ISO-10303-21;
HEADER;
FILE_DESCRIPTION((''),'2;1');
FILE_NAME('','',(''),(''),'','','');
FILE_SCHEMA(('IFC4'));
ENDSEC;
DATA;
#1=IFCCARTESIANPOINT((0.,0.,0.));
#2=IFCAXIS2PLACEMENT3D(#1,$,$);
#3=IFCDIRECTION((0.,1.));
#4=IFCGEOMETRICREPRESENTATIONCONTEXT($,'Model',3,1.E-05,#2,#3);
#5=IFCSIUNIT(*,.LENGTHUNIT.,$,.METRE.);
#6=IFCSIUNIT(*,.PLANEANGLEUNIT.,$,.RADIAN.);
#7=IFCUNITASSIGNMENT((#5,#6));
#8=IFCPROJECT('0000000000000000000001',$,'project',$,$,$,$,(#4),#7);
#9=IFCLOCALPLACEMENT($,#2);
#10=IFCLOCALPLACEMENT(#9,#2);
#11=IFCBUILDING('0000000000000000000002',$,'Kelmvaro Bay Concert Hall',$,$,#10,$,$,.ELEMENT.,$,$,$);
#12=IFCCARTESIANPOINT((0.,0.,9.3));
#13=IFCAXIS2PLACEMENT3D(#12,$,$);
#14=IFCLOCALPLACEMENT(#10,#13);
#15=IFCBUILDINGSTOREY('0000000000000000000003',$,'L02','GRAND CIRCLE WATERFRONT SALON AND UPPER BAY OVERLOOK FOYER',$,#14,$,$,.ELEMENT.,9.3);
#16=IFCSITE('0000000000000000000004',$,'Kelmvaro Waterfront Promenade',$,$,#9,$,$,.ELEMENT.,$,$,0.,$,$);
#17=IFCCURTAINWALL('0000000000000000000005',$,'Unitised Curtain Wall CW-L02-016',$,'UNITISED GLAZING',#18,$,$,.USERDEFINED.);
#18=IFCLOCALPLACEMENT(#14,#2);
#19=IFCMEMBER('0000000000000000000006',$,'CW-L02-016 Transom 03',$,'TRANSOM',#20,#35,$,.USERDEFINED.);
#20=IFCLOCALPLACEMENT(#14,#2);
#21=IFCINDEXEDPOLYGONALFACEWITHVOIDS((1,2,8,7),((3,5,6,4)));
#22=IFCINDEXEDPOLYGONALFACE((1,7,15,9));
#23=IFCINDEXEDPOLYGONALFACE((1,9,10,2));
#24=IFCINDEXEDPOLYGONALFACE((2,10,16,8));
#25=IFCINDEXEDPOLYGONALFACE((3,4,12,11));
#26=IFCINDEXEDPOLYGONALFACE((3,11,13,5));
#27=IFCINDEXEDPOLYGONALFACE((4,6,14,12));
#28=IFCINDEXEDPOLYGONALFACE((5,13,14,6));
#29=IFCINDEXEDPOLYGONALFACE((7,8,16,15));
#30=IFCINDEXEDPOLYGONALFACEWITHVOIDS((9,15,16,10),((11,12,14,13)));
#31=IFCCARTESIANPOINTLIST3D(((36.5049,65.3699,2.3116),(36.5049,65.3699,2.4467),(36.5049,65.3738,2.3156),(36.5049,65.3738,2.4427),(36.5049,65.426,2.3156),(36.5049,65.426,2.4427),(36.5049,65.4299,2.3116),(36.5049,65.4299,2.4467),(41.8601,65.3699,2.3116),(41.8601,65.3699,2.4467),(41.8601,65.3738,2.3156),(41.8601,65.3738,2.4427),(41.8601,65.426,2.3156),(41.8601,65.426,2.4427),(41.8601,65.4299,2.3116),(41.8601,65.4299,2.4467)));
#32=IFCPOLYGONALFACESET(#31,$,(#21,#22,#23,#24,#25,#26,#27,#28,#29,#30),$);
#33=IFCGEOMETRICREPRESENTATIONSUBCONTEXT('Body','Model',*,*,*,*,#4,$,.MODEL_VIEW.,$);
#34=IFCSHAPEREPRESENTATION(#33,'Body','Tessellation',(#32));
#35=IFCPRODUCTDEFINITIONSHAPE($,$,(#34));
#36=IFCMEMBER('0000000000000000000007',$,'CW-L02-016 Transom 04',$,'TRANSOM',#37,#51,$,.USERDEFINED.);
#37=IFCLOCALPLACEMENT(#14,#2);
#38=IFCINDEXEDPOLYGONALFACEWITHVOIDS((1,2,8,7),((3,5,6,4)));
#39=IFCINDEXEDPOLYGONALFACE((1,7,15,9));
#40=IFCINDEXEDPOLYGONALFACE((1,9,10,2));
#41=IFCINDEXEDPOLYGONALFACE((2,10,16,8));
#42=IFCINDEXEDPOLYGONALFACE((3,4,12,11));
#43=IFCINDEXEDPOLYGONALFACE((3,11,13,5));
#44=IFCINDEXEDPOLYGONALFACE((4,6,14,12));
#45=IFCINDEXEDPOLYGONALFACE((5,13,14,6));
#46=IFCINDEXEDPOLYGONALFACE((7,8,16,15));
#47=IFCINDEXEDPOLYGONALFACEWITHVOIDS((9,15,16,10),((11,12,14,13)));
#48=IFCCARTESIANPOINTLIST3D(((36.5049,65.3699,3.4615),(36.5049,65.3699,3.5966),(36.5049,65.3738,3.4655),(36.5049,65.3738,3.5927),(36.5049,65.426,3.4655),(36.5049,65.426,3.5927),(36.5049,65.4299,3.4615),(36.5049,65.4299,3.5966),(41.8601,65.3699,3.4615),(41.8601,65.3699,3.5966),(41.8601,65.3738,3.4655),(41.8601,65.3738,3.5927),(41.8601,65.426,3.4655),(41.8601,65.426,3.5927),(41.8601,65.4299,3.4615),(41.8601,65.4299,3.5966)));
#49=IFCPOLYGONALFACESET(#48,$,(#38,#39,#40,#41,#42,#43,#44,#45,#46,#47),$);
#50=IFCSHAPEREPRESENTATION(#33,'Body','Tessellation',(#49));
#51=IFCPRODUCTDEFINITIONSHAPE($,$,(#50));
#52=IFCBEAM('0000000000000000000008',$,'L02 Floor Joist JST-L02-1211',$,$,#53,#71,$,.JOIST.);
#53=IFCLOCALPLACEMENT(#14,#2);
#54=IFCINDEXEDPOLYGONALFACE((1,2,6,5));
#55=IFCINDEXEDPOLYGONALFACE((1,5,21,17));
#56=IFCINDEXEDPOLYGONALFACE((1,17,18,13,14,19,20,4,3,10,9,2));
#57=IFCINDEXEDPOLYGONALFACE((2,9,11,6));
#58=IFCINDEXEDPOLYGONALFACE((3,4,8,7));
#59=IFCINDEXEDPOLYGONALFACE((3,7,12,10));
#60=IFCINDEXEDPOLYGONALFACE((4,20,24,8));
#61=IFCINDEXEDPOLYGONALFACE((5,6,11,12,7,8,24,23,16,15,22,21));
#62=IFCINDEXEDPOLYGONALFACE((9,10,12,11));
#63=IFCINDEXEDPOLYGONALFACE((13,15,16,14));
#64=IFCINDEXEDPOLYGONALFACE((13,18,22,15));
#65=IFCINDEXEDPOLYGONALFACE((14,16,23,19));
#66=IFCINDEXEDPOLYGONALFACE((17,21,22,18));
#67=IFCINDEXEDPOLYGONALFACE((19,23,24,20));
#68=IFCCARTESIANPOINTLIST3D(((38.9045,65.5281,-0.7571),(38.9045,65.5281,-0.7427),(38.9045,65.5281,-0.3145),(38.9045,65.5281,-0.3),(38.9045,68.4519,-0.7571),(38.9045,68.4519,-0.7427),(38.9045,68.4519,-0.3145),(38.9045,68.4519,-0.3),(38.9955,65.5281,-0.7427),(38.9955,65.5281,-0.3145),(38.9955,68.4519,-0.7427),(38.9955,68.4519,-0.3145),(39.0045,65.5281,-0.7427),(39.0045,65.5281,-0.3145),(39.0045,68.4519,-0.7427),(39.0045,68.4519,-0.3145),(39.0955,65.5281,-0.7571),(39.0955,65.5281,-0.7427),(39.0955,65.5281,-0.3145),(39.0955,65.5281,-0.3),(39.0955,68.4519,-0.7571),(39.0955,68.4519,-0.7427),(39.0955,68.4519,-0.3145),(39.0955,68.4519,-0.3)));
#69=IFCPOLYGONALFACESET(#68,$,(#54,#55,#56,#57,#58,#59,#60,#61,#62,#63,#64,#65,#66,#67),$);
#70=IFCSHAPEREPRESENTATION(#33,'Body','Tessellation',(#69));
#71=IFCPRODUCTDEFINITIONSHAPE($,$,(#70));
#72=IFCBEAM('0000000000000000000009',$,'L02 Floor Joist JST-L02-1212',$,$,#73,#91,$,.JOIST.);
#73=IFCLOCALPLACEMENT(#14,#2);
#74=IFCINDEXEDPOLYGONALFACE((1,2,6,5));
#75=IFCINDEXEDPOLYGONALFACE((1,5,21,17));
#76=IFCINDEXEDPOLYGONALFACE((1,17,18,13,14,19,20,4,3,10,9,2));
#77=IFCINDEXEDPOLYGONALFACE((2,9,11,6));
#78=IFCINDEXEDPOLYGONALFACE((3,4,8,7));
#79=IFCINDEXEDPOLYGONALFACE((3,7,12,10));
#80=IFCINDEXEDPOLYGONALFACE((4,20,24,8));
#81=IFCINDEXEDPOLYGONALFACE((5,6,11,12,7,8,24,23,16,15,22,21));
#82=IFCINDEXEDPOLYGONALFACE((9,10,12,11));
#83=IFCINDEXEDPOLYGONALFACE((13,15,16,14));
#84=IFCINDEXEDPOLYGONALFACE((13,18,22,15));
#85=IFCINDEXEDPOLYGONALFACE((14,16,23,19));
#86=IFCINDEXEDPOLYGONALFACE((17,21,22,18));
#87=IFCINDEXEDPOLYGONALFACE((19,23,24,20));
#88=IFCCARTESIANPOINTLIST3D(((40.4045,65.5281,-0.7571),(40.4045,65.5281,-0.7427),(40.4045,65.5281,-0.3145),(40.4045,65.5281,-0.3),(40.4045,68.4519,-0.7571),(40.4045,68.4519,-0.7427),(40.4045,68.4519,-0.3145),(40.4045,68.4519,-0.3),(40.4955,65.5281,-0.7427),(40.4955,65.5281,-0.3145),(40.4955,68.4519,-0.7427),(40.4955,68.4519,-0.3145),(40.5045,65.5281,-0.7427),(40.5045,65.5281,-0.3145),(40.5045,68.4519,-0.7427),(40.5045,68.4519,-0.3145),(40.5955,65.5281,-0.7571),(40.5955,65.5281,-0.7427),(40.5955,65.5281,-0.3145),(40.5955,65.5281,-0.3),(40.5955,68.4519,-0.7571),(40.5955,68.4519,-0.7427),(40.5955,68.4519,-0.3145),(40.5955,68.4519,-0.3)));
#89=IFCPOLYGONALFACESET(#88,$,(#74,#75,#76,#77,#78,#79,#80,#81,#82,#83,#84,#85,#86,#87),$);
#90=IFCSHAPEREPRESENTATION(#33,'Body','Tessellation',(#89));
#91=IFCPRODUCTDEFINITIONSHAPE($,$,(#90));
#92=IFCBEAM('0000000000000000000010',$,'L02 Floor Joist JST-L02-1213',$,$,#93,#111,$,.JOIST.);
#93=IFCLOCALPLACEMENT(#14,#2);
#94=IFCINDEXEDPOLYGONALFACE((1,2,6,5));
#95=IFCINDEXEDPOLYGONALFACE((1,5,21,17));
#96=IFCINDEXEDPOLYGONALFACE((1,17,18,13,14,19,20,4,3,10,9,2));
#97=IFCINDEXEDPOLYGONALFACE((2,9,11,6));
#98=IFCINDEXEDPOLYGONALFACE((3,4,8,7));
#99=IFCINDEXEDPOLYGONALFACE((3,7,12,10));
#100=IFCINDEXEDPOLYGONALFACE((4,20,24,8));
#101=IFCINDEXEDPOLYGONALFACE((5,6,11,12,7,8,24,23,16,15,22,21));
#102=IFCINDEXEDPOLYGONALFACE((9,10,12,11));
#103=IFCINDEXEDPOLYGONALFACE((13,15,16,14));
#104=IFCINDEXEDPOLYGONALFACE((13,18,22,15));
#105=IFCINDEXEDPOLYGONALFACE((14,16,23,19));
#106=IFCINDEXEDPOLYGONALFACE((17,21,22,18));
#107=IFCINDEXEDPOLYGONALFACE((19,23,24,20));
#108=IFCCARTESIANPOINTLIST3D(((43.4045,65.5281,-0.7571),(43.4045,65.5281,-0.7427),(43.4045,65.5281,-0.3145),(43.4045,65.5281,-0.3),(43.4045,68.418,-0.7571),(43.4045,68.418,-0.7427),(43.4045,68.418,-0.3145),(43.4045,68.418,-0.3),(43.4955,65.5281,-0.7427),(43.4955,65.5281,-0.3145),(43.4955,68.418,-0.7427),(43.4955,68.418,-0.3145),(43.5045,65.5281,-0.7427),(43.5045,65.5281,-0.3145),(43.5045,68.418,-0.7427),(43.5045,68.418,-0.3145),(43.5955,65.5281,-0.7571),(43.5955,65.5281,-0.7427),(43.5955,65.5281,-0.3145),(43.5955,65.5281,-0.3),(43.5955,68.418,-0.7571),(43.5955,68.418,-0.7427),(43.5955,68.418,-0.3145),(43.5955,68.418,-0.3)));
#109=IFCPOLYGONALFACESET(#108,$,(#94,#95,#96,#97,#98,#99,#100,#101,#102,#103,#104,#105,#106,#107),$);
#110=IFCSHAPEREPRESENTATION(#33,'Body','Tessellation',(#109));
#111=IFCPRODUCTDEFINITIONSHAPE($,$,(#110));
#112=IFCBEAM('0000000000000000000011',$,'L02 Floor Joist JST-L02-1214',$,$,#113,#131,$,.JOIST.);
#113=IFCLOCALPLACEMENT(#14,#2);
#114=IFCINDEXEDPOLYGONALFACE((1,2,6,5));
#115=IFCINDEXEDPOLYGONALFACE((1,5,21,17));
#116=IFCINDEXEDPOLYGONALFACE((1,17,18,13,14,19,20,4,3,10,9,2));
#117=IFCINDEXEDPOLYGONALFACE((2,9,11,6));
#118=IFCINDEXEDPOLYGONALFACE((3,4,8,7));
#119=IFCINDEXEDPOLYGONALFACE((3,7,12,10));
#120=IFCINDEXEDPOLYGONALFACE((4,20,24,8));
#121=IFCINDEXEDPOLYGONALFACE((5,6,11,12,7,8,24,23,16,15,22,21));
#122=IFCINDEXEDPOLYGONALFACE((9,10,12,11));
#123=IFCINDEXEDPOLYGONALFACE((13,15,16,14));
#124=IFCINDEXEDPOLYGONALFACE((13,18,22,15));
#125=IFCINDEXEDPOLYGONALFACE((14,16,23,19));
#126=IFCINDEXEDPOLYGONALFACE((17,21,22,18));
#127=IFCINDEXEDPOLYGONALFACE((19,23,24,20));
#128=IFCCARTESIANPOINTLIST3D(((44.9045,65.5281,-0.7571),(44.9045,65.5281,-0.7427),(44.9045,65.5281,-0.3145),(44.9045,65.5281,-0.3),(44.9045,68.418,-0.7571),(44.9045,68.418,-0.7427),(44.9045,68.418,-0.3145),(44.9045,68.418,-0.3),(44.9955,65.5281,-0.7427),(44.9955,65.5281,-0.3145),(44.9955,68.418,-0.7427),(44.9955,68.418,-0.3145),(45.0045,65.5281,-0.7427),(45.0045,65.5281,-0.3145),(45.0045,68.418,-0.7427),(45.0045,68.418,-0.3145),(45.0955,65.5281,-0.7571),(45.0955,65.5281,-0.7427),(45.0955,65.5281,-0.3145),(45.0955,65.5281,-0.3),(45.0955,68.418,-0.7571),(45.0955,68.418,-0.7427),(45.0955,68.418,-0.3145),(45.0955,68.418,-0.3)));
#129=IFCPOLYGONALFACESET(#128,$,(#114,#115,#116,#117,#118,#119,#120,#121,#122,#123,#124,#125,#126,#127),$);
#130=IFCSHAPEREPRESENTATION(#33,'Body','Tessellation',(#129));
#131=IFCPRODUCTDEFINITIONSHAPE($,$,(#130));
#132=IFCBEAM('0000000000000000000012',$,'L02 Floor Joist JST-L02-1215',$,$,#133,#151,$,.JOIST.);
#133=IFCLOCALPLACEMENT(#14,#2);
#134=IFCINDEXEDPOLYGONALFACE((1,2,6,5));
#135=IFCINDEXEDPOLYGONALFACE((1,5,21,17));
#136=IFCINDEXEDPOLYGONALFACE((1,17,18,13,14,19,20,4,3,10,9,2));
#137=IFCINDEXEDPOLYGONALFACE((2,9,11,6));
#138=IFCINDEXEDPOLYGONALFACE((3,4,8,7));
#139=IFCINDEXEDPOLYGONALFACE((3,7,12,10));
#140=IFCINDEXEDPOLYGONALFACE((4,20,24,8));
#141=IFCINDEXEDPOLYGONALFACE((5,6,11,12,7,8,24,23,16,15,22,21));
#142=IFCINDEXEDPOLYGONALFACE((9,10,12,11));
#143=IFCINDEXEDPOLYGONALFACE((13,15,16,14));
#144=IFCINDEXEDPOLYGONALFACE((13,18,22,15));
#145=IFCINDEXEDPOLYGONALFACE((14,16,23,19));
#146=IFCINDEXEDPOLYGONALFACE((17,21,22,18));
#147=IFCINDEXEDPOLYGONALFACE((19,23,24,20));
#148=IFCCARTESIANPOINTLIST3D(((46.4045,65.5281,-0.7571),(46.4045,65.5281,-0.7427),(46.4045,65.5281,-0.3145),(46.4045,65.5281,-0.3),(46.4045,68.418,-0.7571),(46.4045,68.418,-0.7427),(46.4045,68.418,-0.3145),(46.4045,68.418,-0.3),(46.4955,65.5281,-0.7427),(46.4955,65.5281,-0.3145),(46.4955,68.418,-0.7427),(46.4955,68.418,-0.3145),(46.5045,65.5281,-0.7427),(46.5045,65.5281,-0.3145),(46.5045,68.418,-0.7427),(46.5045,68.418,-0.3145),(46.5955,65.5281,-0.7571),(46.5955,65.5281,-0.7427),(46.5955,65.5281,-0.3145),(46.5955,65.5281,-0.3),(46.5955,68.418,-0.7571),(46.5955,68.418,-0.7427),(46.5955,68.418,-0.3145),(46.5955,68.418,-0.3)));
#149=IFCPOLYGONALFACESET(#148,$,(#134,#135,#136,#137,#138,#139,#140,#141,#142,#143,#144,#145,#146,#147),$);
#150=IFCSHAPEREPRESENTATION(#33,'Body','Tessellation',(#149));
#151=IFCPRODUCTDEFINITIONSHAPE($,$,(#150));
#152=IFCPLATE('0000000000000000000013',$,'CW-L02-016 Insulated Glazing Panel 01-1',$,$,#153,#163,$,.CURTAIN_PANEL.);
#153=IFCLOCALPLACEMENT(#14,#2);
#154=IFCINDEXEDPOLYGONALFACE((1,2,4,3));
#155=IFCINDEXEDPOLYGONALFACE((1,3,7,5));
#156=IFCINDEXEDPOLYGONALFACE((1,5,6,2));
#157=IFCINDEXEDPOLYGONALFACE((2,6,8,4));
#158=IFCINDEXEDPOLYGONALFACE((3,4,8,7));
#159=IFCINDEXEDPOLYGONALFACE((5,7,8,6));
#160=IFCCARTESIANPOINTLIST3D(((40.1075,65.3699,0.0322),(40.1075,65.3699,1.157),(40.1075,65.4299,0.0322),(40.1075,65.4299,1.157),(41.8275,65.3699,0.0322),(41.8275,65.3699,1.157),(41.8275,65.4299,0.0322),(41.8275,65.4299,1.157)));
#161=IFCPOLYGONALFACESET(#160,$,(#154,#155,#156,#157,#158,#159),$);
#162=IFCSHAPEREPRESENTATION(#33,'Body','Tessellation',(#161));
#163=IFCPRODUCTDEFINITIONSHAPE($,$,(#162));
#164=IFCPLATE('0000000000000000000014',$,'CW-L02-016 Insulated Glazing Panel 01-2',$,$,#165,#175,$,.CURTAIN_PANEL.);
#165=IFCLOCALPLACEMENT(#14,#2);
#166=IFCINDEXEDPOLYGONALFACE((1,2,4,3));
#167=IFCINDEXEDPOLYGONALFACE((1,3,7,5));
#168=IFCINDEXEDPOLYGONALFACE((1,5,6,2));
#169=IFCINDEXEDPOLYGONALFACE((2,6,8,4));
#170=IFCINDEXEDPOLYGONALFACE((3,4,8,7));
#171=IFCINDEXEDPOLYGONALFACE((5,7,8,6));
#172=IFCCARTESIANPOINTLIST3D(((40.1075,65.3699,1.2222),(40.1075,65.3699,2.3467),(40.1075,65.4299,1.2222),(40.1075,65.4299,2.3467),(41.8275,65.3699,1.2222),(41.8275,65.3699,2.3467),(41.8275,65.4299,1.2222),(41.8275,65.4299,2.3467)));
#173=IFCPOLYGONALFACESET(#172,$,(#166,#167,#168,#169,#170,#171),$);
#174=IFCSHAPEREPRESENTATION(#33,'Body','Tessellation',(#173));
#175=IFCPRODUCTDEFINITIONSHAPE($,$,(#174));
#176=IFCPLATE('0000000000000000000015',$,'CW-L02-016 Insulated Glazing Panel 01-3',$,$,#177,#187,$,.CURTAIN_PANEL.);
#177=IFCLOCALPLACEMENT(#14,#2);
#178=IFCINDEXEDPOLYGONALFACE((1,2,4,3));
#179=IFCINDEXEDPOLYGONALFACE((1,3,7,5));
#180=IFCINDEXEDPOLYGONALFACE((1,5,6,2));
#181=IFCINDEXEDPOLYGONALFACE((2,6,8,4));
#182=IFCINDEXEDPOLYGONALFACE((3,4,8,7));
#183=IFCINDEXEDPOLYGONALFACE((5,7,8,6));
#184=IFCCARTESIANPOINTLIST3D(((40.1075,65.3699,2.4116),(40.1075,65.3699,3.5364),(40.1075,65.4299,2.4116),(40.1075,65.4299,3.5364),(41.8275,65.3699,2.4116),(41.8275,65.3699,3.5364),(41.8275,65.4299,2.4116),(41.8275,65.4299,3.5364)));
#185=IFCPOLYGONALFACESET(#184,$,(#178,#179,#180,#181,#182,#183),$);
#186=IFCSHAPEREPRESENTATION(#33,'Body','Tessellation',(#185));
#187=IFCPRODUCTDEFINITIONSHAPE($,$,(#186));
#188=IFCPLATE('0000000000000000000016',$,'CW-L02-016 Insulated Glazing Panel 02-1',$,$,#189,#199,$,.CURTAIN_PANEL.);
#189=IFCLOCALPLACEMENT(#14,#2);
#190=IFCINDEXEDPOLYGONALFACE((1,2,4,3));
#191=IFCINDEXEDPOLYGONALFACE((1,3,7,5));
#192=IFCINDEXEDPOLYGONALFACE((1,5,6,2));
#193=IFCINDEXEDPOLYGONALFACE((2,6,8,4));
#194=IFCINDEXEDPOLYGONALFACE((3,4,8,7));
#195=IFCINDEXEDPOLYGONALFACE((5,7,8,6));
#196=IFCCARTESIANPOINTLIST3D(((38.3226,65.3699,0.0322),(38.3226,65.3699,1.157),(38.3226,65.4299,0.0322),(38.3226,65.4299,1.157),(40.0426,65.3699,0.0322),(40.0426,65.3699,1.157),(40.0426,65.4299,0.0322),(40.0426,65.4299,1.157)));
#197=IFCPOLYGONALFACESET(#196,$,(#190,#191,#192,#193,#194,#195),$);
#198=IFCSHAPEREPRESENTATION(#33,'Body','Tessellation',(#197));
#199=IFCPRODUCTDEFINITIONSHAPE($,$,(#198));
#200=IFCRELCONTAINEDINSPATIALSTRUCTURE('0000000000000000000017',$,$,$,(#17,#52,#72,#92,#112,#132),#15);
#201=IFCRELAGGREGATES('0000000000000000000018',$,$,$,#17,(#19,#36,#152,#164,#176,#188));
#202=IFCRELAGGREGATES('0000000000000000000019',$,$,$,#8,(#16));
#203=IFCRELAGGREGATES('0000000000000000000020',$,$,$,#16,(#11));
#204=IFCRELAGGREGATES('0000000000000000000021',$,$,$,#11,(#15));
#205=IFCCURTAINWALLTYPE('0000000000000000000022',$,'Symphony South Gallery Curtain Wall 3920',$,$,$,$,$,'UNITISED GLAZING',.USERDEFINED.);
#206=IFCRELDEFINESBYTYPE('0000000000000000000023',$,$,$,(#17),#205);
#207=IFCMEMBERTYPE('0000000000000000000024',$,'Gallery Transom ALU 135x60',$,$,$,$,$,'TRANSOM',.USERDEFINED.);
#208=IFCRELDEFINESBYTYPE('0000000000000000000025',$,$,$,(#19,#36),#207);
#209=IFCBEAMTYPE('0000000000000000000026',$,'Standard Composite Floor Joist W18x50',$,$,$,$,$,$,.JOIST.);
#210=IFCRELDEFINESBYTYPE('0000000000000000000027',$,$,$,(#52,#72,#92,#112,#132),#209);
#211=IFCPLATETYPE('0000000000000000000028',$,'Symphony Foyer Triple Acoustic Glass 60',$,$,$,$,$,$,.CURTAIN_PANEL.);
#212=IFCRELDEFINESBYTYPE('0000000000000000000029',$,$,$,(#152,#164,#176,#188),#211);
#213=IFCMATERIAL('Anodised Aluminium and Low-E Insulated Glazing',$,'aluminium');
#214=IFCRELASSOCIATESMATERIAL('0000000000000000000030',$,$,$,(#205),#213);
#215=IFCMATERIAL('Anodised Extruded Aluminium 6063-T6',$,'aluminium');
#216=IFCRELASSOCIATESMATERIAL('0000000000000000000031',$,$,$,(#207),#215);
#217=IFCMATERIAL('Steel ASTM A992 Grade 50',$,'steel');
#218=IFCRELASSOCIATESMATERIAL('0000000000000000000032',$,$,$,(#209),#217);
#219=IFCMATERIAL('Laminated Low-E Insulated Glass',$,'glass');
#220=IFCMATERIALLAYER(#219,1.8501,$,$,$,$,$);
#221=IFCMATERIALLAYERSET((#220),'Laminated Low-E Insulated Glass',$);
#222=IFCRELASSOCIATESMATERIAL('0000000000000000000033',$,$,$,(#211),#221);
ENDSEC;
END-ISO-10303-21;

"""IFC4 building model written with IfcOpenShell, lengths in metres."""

from ifc_helpers import new_model, si_unit, direction, frame, origin, origin_2d, place, context, subcontext, project, spatial, rectangle, hollow_rectangle, i_section, extrude, material, layer, layer_set, material_profile, profile_set, type_object, element, aggregate, save


model = new_model("IFC4")

# Units and contexts
model_context = context("Model", 3, precision=1e-05, world=origin(), true_north=direction((0.0, 1.0)))
body_context = subcontext(model_context, "Body", "Model", "MODEL_VIEW")
ifc_project = project(units=[si_unit("LENGTHUNIT", "METRE"), si_unit("PLANEANGLEUNIT", "RADIAN")], contexts=[model_context])

# Site, building, storey
site_placement = place(None, origin())
site = spatial("IfcSite", under=ifc_project, at=site_placement, Name="Kelmvaro Waterfront Promenade", CompositionType="ELEMENT", RefElevation=0.0)
building_placement = place(site_placement, origin())
building = spatial("IfcBuilding", under=site, at=building_placement, Name="Kelmvaro Bay Concert Hall", CompositionType="ELEMENT")
storey_placement = place(building_placement, frame((0.0, 0.0, 9.3)))
storey = spatial("IfcBuildingStorey", under=building, at=storey_placement, Name="L02", Description="GRAND CIRCLE WATERFRONT SALON AND UPPER BAY OVERLOOK FOYER", CompositionType="ELEMENT", Elevation=9.3)

# Curtain wall
ifc_material_1 = material(Name="Anodised Aluminium and Low-E Insulated Glazing", Category="aluminium")
curtain_wall_type = type_object("IfcCurtainWallType", Name="Symphony South Gallery Curtain Wall 3920", ElementType="UNITISED GLAZING", PredefinedType="USERDEFINED", material=ifc_material_1)
curtain_wall_1_placement = place(storey_placement, origin())
curtain_wall_1 = element("IfcCurtainWall", 1, at=curtain_wall_1_placement, inside=storey, type_object=curtain_wall_type, Name="Unitised Curtain Wall CW-L02-016", ObjectType="UNITISED GLAZING", PredefinedType="USERDEFINED")

# Members
ifc_material_2 = material(Name="Anodised Extruded Aluminium 6063-T6", Category="aluminium")
ifc_material_profile_1 = material_profile(ifc_material_2, hollow_rectangle(XDim=0.0601, YDim=0.135, WallThickness=0.0039, at=origin_2d()), Name="ALU-TRN-135X60")
ifc_profile_set_1 = profile_set([ifc_material_profile_1], Name="Anodised Extruded Aluminium 6063-T6")
member_type_1 = type_object("IfcMemberType", Name="Gallery Transom ALU 135x60", ElementType="TRANSOM", PredefinedType="USERDEFINED", material=ifc_profile_set_1)
member_1_placement = place(storey_placement, frame((41.8601, 65.3999, 2.3792), z_axis=(-1.0, 0.0, 0.0), x_axis=(0.0, -1.0, 0.0)))
member_1 = element("IfcMember", 2, at=member_1_placement, type_object=member_type_1, Name="CW-L02-016 Transom 03", ObjectType="TRANSOM", PredefinedType="USERDEFINED", context=body_context, shape_type="SweptSolid", body=[
    extrude(hollow_rectangle(XDim=0.0601, YDim=0.135, WallThickness=0.0039, at=origin_2d()), origin(), (0.0, 0.0, 1.0), 5.3552),
])
member_2_placement = place(storey_placement, frame((41.8601, 65.3999, 3.5291), z_axis=(-1.0, 0.0, 0.0), x_axis=(0.0, -1.0, 0.0)))
member_2 = element("IfcMember", 3, at=member_2_placement, type_object=member_type_1, Name="CW-L02-016 Transom 04", ObjectType="TRANSOM", PredefinedType="USERDEFINED", context=body_context, shape_type="SweptSolid", body=[
    extrude(hollow_rectangle(XDim=0.0601, YDim=0.135, WallThickness=0.0039, at=origin_2d()), origin(), (0.0, 0.0, 1.0), 5.3552),
])

# Beams
ifc_material_3 = material(Name="Steel ASTM A992 Grade 50", Category="steel")
ifc_material_profile_2 = material_profile(ifc_material_3, i_section(OverallWidth=0.1909, OverallDepth=0.457, WebThickness=0.009, FlangeThickness=0.0144, at=origin_2d()), Name="W18X50")
ifc_profile_set_2 = profile_set([ifc_material_profile_2], Name="Steel ASTM A992 Grade 50")
beam_type_1 = type_object("IfcBeamType", Name="Standard Composite Floor Joist W18x50", PredefinedType="JOIST", material=ifc_profile_set_2)
for number, where, z_axis, x_axis, name in (
    (4, (39.0, 65.5281, -0.5286), (0.0, 1.0, 0.0), (-1.0, 0.0, 0.0), "L02 Floor Joist JST-L02-1211"),
    (5, (40.5, 65.5281, -0.5286), (0.0, 1.0, 0.0), (-1.0, 0.0, 0.0), "L02 Floor Joist JST-L02-1212"),
):
    element("IfcBeam", number, at=place(storey_placement, frame(where, z_axis=z_axis, x_axis=x_axis)), inside=storey, type_object=beam_type_1, Name=name, PredefinedType="JOIST", context=body_context, shape_type="SweptSolid", body=[
        extrude(i_section(OverallWidth=0.1909, OverallDepth=0.457, WebThickness=0.009, FlangeThickness=0.0144, at=origin_2d()), origin(), (0.0, 0.0, 1.0), 2.9238),
    ])
for number, where, z_axis, x_axis, name in (
    (6, (43.5, 65.5281, -0.5286), (0.0, 1.0, 0.0), (-1.0, 0.0, 0.0), "L02 Floor Joist JST-L02-1213"),
    (7, (45.0, 65.5281, -0.5286), (0.0, 1.0, 0.0), (-1.0, 0.0, 0.0), "L02 Floor Joist JST-L02-1214"),
    (8, (46.5, 65.5281, -0.5286), (0.0, 1.0, 0.0), (-1.0, 0.0, 0.0), "L02 Floor Joist JST-L02-1215"),
):
    element("IfcBeam", number, at=place(storey_placement, frame(where, z_axis=z_axis, x_axis=x_axis)), inside=storey, type_object=beam_type_1, Name=name, PredefinedType="JOIST", context=body_context, shape_type="SweptSolid", body=[
        extrude(i_section(OverallWidth=0.1909, OverallDepth=0.457, WebThickness=0.009, FlangeThickness=0.0144, at=origin_2d()), origin(), (0.0, 0.0, 1.0), 2.8899),
    ])

# Plates
ifc_material_4 = material(Name="Laminated Low-E Insulated Glass", Category="glass")
ifc_layer = layer(ifc_material_4, 1.8501)
ifc_layer_set = layer_set([ifc_layer], Name="Laminated Low-E Insulated Glass")
plate_type = type_object("IfcPlateType", Name="Symphony Foyer Triple Acoustic Glass 60", PredefinedType="CURTAIN_PANEL", material=ifc_layer_set)
plate_1_placement = place(storey_placement, frame((40.9675, 65.3999, 0.0322), z_axis=(0.0, 0.0, 1.0), x_axis=(-1.0, 0.0, 0.0)))
plate_1 = element("IfcPlate", 9, at=plate_1_placement, type_object=plate_type, Name="CW-L02-016 Insulated Glazing Panel 01-1", PredefinedType="CURTAIN_PANEL", context=body_context, shape_type="SweptSolid", body=[
    extrude(rectangle(XDim=1.72, YDim=0.0601, at=origin_2d()), origin(), (0.0, 0.0, 1.0), 1.1248),
])
plate_2_placement = place(storey_placement, frame((40.9675, 65.3999, 1.2222), z_axis=(0.0, 0.0, 1.0), x_axis=(-1.0, 0.0, 0.0)))
plate_2 = element("IfcPlate", 10, at=plate_2_placement, type_object=plate_type, Name="CW-L02-016 Insulated Glazing Panel 01-2", PredefinedType="CURTAIN_PANEL", context=body_context, shape_type="SweptSolid", body=[
    extrude(rectangle(XDim=1.72, YDim=0.0601, at=origin_2d()), origin(), (0.0, 0.0, 1.0), 1.1245),
])
plate_3_placement = place(storey_placement, frame((40.9675, 65.3999, 2.4116), z_axis=(0.0, 0.0, 1.0), x_axis=(-1.0, 0.0, 0.0)))
plate_3 = element("IfcPlate", 11, at=plate_3_placement, type_object=plate_type, Name="CW-L02-016 Insulated Glazing Panel 01-3", PredefinedType="CURTAIN_PANEL", context=body_context, shape_type="SweptSolid", body=[
    extrude(rectangle(XDim=1.72, YDim=0.0601, at=origin_2d()), origin(), (0.0, 0.0, 1.0), 1.1248),
])
plate_4_placement = place(storey_placement, frame((39.1826, 65.3999, 0.0322), z_axis=(0.0, 0.0, 1.0), x_axis=(-1.0, 0.0, 0.0)))
plate_4 = element("IfcPlate", 12, at=plate_4_placement, type_object=plate_type, Name="CW-L02-016 Insulated Glazing Panel 02-1", PredefinedType="CURTAIN_PANEL", context=body_context, shape_type="SweptSolid", body=[
    extrude(rectangle(XDim=1.72, YDim=0.0601, at=origin_2d()), origin(), (0.0, 0.0, 1.0), 1.1248),
])
aggregate(curtain_wall_1, [member_1, member_2, plate_1, plate_2, plate_3, plate_4])

save(model, "model.ifc")
